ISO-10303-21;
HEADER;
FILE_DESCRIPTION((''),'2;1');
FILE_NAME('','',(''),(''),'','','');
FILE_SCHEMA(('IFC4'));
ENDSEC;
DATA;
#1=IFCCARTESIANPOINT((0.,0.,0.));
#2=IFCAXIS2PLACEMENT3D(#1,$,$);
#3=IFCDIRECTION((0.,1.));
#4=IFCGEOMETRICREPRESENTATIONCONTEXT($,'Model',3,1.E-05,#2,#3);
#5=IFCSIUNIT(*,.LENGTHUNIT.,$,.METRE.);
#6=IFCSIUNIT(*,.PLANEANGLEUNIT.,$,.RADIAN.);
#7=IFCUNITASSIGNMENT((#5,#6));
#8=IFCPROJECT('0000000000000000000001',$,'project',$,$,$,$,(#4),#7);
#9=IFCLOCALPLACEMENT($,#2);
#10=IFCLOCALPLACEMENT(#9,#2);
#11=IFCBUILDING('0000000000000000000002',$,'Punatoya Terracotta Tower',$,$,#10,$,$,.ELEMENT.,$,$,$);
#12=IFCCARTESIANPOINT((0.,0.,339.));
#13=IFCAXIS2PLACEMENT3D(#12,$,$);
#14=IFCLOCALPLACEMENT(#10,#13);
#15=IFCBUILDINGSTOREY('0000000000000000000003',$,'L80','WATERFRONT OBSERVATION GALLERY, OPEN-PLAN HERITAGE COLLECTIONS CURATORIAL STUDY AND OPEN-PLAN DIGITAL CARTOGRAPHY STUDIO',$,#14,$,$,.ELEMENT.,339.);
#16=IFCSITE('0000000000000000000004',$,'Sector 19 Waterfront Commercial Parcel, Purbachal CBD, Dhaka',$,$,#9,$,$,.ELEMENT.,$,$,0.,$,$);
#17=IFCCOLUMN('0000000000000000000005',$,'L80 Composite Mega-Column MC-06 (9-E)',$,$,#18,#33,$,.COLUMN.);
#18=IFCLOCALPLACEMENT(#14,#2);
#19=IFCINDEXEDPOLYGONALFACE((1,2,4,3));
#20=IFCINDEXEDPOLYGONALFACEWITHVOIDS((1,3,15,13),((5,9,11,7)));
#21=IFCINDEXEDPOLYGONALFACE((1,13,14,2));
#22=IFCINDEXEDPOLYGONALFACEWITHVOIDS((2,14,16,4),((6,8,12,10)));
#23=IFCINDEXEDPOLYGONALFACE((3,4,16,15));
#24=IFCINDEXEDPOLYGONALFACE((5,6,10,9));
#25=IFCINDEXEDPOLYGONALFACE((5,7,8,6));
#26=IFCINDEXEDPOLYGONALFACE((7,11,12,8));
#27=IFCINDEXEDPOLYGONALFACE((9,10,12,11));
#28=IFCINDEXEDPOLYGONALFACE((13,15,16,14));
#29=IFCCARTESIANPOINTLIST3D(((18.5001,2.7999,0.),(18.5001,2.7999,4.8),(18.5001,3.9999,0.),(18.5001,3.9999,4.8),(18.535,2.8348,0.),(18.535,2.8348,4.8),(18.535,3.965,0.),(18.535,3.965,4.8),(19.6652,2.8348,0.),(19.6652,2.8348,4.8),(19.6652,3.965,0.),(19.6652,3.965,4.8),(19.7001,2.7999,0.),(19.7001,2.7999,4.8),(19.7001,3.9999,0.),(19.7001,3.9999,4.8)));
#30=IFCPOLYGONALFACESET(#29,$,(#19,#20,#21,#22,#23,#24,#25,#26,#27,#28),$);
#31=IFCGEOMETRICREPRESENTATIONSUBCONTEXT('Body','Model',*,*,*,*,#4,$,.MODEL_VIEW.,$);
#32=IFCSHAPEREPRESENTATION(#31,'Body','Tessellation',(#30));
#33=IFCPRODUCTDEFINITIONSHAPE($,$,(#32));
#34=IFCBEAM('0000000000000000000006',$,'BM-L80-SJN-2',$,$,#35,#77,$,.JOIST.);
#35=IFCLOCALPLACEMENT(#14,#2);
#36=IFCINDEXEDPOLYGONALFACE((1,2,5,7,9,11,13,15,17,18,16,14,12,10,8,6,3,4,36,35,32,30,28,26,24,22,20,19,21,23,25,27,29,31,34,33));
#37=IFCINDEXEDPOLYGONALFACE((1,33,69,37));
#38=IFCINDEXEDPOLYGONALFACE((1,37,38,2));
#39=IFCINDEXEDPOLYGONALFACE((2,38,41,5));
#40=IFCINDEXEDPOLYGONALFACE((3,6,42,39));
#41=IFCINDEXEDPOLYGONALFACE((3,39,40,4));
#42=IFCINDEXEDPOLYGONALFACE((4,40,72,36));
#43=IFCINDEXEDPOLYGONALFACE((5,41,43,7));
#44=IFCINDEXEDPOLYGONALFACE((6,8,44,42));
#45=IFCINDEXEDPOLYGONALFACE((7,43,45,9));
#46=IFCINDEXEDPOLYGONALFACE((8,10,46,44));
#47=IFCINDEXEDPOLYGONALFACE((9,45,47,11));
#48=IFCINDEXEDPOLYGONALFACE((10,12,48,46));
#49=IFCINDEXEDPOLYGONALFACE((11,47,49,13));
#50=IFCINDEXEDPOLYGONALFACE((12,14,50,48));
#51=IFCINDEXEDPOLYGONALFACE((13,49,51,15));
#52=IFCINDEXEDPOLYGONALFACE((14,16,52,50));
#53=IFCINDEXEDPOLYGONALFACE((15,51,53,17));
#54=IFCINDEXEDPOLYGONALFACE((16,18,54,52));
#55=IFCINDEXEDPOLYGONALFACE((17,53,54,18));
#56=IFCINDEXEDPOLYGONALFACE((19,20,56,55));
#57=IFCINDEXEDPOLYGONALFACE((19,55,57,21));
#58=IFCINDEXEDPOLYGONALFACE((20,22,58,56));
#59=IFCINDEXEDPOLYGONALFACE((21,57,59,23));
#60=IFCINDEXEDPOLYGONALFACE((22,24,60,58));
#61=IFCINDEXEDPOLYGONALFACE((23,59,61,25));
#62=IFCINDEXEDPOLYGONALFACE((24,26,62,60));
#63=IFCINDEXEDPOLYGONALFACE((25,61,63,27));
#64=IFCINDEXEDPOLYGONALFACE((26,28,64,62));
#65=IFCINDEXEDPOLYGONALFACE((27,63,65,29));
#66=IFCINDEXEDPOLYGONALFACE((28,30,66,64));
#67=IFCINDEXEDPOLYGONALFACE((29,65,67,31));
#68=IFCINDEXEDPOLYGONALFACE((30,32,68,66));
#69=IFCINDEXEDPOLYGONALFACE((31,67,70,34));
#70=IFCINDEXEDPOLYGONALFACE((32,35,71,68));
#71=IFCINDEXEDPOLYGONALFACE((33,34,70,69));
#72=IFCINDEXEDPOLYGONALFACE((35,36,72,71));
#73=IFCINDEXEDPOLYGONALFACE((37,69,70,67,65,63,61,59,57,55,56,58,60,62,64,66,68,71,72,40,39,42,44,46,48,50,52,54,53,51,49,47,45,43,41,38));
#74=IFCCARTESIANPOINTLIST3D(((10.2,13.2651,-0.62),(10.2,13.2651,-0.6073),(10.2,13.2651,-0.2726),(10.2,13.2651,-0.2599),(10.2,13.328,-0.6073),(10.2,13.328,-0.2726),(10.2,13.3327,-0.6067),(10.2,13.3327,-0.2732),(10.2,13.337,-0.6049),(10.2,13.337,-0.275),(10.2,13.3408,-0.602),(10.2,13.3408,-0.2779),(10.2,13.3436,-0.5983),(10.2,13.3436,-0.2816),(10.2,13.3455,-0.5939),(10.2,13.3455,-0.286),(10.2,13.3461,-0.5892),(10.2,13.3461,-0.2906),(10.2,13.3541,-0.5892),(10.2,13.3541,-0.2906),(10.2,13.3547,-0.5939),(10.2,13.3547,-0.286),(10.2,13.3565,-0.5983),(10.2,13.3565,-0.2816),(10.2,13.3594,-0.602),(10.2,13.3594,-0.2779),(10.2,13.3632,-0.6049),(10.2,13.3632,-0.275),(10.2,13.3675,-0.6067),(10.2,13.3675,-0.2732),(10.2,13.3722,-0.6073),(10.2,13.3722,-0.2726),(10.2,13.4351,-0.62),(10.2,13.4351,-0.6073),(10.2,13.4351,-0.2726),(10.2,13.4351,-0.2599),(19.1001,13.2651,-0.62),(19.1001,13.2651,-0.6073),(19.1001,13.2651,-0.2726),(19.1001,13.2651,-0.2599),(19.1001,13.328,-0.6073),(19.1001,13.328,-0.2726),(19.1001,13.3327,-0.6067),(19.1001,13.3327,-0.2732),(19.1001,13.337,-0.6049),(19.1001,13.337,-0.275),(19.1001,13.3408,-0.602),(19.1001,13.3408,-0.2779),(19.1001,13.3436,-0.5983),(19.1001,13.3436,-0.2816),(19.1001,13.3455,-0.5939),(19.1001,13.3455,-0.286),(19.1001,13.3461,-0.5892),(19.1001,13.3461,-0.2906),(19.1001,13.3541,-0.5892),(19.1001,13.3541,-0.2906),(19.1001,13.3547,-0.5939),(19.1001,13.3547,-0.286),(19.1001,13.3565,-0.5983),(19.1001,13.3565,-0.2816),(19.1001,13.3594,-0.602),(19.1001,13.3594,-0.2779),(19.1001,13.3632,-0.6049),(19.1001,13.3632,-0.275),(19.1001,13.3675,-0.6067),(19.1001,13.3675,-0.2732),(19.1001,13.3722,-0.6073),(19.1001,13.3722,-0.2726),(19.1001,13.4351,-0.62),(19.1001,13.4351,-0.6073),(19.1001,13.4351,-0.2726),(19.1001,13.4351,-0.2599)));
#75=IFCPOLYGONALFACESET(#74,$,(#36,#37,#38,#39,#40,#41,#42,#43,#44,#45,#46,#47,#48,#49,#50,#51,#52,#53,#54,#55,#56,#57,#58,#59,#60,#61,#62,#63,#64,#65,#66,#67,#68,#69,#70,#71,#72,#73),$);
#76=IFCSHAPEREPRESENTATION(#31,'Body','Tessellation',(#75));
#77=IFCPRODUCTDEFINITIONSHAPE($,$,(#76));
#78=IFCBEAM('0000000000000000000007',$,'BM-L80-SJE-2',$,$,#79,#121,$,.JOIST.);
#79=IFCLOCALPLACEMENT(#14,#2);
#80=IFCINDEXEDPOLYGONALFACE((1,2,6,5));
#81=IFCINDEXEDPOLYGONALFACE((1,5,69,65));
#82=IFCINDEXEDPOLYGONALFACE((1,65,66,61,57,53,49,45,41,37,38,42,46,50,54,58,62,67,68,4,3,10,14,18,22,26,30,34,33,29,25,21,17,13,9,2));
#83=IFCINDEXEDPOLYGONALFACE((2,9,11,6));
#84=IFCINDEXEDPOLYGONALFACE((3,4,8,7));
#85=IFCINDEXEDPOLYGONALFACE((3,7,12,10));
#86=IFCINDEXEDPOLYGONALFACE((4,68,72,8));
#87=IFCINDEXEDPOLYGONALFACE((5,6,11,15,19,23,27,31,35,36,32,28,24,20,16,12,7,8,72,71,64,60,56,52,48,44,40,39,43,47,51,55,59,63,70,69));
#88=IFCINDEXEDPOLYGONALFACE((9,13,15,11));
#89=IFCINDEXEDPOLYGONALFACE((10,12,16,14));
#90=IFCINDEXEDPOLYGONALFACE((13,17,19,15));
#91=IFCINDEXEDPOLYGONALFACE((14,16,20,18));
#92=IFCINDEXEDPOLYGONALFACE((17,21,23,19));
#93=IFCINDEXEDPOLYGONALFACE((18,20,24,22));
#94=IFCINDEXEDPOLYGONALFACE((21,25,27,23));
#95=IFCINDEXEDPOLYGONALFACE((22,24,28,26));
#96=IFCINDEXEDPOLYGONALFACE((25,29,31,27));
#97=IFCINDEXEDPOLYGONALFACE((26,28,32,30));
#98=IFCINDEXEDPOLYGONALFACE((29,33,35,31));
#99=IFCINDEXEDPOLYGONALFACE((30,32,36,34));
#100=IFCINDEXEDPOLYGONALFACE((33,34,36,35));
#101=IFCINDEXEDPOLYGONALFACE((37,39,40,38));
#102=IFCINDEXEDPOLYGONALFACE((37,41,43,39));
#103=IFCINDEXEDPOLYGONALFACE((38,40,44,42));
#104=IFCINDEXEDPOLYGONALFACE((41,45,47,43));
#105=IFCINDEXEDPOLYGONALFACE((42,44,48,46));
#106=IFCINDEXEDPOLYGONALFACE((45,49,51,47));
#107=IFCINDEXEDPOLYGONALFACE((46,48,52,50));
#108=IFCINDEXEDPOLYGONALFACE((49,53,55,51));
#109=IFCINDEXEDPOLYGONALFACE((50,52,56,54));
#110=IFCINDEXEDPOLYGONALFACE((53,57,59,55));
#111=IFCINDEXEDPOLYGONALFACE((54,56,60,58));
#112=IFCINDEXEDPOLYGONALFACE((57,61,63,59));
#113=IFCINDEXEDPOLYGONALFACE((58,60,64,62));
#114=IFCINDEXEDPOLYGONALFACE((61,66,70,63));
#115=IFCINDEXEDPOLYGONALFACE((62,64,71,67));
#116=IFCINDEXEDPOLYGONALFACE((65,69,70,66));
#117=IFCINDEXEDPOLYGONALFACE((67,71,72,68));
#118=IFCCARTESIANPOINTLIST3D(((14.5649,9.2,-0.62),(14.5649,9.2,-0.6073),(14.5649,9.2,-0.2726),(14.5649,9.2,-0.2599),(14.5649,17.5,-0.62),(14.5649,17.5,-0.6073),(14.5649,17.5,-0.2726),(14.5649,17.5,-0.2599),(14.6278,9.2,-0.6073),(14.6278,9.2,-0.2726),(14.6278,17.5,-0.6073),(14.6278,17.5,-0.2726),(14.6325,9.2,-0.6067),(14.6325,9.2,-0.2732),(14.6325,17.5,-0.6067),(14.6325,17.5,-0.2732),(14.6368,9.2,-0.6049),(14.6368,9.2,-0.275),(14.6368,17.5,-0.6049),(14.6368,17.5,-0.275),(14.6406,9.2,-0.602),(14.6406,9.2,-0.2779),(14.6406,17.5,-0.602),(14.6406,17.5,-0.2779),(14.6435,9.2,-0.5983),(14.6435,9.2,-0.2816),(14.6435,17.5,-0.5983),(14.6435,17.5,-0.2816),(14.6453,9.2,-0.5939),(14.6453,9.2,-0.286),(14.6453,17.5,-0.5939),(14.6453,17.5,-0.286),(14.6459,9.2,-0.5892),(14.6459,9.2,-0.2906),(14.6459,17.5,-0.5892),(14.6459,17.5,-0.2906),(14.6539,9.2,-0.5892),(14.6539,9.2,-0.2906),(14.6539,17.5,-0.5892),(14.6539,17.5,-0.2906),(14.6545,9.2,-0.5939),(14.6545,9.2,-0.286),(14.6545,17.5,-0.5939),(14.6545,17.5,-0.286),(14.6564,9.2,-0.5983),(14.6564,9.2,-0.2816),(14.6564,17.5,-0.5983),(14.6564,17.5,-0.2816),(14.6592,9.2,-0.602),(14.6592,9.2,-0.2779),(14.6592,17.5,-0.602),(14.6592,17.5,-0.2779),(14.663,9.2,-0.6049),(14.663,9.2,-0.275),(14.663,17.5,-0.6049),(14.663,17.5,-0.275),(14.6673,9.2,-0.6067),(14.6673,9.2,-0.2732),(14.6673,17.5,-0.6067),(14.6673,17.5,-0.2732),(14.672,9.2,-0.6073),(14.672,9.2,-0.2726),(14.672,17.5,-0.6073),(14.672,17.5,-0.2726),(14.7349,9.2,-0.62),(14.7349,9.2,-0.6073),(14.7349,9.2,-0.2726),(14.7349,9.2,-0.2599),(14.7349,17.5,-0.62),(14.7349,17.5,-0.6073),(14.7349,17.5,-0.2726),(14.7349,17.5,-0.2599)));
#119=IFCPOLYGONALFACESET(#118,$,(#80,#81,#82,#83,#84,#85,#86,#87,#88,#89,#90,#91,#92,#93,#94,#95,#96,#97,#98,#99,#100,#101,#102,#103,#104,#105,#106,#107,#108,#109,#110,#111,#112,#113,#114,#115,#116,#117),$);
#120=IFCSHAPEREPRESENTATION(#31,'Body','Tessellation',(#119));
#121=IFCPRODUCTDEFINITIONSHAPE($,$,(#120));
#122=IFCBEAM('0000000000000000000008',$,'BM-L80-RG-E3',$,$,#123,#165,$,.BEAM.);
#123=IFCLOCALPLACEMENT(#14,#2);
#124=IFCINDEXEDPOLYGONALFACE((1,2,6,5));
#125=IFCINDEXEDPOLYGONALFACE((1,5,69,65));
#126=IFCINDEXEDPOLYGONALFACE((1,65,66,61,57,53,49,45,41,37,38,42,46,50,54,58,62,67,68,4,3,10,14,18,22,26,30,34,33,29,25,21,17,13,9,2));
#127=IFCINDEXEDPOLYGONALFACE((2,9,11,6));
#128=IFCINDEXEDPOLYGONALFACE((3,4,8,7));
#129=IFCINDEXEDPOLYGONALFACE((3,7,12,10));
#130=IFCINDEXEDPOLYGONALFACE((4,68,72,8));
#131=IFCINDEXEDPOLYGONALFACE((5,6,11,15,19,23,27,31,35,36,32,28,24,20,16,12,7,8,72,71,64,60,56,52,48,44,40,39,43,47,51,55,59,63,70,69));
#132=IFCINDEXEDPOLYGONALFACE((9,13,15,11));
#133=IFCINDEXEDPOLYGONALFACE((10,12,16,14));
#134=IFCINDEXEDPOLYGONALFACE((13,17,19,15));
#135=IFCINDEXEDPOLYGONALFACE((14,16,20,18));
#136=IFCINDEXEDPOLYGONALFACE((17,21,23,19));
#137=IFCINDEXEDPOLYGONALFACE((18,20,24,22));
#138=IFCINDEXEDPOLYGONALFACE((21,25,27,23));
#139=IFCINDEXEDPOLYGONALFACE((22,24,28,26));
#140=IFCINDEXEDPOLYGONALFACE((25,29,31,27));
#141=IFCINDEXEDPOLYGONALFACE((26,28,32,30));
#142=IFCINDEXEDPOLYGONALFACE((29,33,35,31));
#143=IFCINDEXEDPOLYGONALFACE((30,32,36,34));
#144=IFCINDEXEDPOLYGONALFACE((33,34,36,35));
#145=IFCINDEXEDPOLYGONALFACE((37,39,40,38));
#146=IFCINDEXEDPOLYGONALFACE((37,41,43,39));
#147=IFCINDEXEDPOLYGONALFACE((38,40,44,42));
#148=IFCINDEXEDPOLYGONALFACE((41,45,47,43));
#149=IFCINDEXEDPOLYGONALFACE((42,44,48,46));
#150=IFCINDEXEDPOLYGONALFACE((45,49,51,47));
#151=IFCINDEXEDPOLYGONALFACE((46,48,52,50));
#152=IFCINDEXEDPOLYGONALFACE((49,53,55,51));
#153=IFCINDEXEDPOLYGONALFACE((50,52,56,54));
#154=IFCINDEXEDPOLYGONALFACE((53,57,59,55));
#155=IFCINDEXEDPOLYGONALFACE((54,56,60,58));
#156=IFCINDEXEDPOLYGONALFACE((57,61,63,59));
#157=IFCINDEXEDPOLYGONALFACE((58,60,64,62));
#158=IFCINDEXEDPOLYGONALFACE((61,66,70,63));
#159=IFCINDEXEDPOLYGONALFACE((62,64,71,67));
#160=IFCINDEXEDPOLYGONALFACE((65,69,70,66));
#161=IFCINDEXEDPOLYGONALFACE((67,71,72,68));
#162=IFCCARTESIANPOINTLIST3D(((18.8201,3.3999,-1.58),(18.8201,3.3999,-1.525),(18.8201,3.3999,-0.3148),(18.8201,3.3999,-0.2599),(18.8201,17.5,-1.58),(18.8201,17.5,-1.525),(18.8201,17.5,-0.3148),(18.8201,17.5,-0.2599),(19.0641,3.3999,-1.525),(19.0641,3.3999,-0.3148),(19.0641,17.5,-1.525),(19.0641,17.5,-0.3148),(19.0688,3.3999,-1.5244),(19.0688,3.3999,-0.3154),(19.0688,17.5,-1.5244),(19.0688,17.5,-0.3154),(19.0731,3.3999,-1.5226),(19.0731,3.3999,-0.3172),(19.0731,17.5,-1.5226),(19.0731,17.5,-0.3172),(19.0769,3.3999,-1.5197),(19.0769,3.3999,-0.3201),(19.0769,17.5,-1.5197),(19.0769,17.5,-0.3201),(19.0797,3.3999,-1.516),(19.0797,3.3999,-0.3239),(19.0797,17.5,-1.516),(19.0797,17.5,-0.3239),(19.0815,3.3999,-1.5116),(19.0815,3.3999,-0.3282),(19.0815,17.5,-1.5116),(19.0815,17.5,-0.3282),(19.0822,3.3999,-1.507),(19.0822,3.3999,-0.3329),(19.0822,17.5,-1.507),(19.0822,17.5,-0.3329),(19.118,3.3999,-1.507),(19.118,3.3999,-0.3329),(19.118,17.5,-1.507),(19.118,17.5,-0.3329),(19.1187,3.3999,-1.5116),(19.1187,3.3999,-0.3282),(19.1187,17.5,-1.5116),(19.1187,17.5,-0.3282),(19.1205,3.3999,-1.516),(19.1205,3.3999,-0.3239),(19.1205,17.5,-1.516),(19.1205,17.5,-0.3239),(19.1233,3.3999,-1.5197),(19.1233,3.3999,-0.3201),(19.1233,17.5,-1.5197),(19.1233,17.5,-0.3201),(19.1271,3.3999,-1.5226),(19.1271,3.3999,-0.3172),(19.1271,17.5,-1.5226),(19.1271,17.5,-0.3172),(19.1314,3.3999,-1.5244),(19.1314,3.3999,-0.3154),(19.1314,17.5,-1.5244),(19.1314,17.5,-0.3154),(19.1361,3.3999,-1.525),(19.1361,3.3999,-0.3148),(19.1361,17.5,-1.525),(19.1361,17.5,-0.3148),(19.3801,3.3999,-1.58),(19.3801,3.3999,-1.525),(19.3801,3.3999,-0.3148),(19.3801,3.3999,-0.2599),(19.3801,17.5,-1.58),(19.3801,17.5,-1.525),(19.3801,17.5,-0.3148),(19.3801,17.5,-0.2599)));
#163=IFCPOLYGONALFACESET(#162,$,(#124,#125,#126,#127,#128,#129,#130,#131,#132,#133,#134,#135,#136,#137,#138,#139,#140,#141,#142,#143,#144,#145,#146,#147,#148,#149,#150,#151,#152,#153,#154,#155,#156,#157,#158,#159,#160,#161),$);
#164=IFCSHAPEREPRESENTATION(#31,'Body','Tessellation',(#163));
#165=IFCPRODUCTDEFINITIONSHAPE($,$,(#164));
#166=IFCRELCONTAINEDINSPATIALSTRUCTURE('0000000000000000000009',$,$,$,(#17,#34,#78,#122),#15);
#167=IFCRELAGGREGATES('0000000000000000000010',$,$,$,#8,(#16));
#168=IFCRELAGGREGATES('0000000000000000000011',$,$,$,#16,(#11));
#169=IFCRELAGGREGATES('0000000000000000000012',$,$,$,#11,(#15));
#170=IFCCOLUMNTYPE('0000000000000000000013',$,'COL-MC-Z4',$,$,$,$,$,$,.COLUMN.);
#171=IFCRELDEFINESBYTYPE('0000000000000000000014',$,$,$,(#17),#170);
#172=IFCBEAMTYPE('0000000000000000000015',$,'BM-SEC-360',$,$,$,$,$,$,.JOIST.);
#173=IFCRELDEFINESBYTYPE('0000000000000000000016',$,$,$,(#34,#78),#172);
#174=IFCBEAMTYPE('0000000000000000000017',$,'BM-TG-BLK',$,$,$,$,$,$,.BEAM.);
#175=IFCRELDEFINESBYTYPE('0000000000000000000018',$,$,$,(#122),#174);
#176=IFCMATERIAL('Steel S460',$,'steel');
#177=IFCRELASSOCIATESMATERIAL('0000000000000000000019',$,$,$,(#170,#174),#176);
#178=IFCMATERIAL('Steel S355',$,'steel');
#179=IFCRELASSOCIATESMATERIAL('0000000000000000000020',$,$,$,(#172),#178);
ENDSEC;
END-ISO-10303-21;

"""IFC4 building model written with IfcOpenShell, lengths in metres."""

from ifc_helpers import new_model, si_unit, direction, frame, origin, origin_2d, place, context, subcontext, project, spatial, hollow_rectangle, i_section, extrude, material, material_profile, profile_set, type_object, element, save


model = new_model("IFC4")

# Units and contexts
model_context = context("Model", 3, precision=1e-05, world=origin(), true_north=direction((0.0, 1.0)))
body_context = subcontext(model_context, "Body", "Model", "MODEL_VIEW")
ifc_project = project(units=[si_unit("LENGTHUNIT", "METRE"), si_unit("PLANEANGLEUNIT", "RADIAN")], contexts=[model_context])

# Site, building, storey
site_placement = place(None, origin())
site = spatial("IfcSite", under=ifc_project, at=site_placement, Name="Sector 19 Waterfront Commercial Parcel, Purbachal CBD, Dhaka", CompositionType="ELEMENT", RefElevation=0.0)
building_placement = place(site_placement, origin())
building = spatial("IfcBuilding", under=site, at=building_placement, Name="Punatoya Terracotta Tower", CompositionType="ELEMENT")
storey_placement = place(building_placement, frame((0.0, 0.0, 339.0)))
storey = spatial("IfcBuildingStorey", under=building, at=storey_placement, Name="L80", Description="WATERFRONT OBSERVATION GALLERY, OPEN-PLAN HERITAGE COLLECTIONS CURATORIAL STUDY AND OPEN-PLAN DIGITAL CARTOGRAPHY STUDIO", CompositionType="ELEMENT", Elevation=339.0)

# Column
ifc_material_1 = material(Name="Steel S460", Category="steel")
ifc_material_profile_1 = material_profile(ifc_material_1, hollow_rectangle(XDim=1.2, YDim=1.2, WallThickness=0.0349, at=origin_2d()))
ifc_profile_set_1 = profile_set([ifc_material_profile_1], Name="Steel S460")
column_type = type_object("IfcColumnType", Name="COL-MC-Z4", PredefinedType="COLUMN", material=ifc_profile_set_1)
column_placement = place(storey_placement, frame((19.1001, 3.3999, 0.0), z_axis=(0.0, 0.0, 1.0), x_axis=(1.0, 0.0, 0.0)))
element("IfcColumn", 1, at=column_placement, inside=storey, type_object=column_type, Name="L80 Composite Mega-Column MC-06 (9-E)", PredefinedType="COLUMN", context=body_context, shape_type="SweptSolid", body=[
    extrude(hollow_rectangle(XDim=1.2, YDim=1.2, WallThickness=0.0349, at=origin_2d()), origin(), (0.0, 0.0, 1.0), 4.8),
])

# Beams
ifc_material_2 = material(Name="Steel S355", Category="steel")
ifc_material_profile_2 = material_profile(ifc_material_2, i_section(OverallWidth=0.1699, OverallDepth=0.3601, WebThickness=0.0081, FlangeThickness=0.0127, FilletRadius=0.0181, at=origin_2d()))
ifc_profile_set_2 = profile_set([ifc_material_profile_2], Name="Steel S355")
beam_type_1 = type_object("IfcBeamType", Name="BM-SEC-360", PredefinedType="JOIST", material=ifc_profile_set_2)
beam_1_placement = place(storey_placement, frame((10.2, 13.3501, -0.4399), z_axis=(1.0, 0.0, 0.0), x_axis=(0.0, 1.0, 0.0)))
element("IfcBeam", 2, at=beam_1_placement, inside=storey, type_object=beam_type_1, Name="BM-L80-SJN-2", PredefinedType="JOIST", context=body_context, shape_type="SweptSolid", body=[
    extrude(i_section(OverallWidth=0.1699, OverallDepth=0.3601, WebThickness=0.0081, FlangeThickness=0.0127, FilletRadius=0.0181, at=origin_2d()), origin(), (0.0, 0.0, 1.0), 8.9001),
])
beam_2_placement = place(storey_placement, frame((14.6499, 9.2, -0.4399), z_axis=(0.0, 1.0, 0.0), x_axis=(-1.0, 0.0, 0.0)))
element("IfcBeam", 3, at=beam_2_placement, inside=storey, type_object=beam_type_1, Name="BM-L80-SJE-2", PredefinedType="JOIST", context=body_context, shape_type="SweptSolid", body=[
    extrude(i_section(OverallWidth=0.1699, OverallDepth=0.3601, WebThickness=0.0081, FlangeThickness=0.0127, FilletRadius=0.0181, at=origin_2d()), origin(), (0.0, 0.0, 1.0), 8.3),
])
ifc_material_profile_3 = material_profile(ifc_material_1, i_section(OverallWidth=0.5601, OverallDepth=1.3201, WebThickness=0.0359, FlangeThickness=0.0549, FilletRadius=0.0181, at=origin_2d()))
ifc_profile_set_3 = profile_set([ifc_material_profile_3], Name="Steel S460")
beam_type_2 = type_object("IfcBeamType", Name="BM-TG-BLK", PredefinedType="BEAM", material=ifc_profile_set_3)
beam_3_placement = place(storey_placement, frame((19.1001, 3.3999, -0.9199), z_axis=(0.0, 1.0, 0.0), x_axis=(-1.0, 0.0, 0.0)))
element("IfcBeam", 4, at=beam_3_placement, inside=storey, type_object=beam_type_2, Name="BM-L80-RG-E3", PredefinedType="BEAM", context=body_context, shape_type="SweptSolid", body=[
    extrude(i_section(OverallWidth=0.5601, OverallDepth=1.3201, WebThickness=0.0359, FlangeThickness=0.0549, FilletRadius=0.0181, at=origin_2d()), origin(), (0.0, 0.0, 1.0), 14.1001),
])

save(model, "model.ifc")
